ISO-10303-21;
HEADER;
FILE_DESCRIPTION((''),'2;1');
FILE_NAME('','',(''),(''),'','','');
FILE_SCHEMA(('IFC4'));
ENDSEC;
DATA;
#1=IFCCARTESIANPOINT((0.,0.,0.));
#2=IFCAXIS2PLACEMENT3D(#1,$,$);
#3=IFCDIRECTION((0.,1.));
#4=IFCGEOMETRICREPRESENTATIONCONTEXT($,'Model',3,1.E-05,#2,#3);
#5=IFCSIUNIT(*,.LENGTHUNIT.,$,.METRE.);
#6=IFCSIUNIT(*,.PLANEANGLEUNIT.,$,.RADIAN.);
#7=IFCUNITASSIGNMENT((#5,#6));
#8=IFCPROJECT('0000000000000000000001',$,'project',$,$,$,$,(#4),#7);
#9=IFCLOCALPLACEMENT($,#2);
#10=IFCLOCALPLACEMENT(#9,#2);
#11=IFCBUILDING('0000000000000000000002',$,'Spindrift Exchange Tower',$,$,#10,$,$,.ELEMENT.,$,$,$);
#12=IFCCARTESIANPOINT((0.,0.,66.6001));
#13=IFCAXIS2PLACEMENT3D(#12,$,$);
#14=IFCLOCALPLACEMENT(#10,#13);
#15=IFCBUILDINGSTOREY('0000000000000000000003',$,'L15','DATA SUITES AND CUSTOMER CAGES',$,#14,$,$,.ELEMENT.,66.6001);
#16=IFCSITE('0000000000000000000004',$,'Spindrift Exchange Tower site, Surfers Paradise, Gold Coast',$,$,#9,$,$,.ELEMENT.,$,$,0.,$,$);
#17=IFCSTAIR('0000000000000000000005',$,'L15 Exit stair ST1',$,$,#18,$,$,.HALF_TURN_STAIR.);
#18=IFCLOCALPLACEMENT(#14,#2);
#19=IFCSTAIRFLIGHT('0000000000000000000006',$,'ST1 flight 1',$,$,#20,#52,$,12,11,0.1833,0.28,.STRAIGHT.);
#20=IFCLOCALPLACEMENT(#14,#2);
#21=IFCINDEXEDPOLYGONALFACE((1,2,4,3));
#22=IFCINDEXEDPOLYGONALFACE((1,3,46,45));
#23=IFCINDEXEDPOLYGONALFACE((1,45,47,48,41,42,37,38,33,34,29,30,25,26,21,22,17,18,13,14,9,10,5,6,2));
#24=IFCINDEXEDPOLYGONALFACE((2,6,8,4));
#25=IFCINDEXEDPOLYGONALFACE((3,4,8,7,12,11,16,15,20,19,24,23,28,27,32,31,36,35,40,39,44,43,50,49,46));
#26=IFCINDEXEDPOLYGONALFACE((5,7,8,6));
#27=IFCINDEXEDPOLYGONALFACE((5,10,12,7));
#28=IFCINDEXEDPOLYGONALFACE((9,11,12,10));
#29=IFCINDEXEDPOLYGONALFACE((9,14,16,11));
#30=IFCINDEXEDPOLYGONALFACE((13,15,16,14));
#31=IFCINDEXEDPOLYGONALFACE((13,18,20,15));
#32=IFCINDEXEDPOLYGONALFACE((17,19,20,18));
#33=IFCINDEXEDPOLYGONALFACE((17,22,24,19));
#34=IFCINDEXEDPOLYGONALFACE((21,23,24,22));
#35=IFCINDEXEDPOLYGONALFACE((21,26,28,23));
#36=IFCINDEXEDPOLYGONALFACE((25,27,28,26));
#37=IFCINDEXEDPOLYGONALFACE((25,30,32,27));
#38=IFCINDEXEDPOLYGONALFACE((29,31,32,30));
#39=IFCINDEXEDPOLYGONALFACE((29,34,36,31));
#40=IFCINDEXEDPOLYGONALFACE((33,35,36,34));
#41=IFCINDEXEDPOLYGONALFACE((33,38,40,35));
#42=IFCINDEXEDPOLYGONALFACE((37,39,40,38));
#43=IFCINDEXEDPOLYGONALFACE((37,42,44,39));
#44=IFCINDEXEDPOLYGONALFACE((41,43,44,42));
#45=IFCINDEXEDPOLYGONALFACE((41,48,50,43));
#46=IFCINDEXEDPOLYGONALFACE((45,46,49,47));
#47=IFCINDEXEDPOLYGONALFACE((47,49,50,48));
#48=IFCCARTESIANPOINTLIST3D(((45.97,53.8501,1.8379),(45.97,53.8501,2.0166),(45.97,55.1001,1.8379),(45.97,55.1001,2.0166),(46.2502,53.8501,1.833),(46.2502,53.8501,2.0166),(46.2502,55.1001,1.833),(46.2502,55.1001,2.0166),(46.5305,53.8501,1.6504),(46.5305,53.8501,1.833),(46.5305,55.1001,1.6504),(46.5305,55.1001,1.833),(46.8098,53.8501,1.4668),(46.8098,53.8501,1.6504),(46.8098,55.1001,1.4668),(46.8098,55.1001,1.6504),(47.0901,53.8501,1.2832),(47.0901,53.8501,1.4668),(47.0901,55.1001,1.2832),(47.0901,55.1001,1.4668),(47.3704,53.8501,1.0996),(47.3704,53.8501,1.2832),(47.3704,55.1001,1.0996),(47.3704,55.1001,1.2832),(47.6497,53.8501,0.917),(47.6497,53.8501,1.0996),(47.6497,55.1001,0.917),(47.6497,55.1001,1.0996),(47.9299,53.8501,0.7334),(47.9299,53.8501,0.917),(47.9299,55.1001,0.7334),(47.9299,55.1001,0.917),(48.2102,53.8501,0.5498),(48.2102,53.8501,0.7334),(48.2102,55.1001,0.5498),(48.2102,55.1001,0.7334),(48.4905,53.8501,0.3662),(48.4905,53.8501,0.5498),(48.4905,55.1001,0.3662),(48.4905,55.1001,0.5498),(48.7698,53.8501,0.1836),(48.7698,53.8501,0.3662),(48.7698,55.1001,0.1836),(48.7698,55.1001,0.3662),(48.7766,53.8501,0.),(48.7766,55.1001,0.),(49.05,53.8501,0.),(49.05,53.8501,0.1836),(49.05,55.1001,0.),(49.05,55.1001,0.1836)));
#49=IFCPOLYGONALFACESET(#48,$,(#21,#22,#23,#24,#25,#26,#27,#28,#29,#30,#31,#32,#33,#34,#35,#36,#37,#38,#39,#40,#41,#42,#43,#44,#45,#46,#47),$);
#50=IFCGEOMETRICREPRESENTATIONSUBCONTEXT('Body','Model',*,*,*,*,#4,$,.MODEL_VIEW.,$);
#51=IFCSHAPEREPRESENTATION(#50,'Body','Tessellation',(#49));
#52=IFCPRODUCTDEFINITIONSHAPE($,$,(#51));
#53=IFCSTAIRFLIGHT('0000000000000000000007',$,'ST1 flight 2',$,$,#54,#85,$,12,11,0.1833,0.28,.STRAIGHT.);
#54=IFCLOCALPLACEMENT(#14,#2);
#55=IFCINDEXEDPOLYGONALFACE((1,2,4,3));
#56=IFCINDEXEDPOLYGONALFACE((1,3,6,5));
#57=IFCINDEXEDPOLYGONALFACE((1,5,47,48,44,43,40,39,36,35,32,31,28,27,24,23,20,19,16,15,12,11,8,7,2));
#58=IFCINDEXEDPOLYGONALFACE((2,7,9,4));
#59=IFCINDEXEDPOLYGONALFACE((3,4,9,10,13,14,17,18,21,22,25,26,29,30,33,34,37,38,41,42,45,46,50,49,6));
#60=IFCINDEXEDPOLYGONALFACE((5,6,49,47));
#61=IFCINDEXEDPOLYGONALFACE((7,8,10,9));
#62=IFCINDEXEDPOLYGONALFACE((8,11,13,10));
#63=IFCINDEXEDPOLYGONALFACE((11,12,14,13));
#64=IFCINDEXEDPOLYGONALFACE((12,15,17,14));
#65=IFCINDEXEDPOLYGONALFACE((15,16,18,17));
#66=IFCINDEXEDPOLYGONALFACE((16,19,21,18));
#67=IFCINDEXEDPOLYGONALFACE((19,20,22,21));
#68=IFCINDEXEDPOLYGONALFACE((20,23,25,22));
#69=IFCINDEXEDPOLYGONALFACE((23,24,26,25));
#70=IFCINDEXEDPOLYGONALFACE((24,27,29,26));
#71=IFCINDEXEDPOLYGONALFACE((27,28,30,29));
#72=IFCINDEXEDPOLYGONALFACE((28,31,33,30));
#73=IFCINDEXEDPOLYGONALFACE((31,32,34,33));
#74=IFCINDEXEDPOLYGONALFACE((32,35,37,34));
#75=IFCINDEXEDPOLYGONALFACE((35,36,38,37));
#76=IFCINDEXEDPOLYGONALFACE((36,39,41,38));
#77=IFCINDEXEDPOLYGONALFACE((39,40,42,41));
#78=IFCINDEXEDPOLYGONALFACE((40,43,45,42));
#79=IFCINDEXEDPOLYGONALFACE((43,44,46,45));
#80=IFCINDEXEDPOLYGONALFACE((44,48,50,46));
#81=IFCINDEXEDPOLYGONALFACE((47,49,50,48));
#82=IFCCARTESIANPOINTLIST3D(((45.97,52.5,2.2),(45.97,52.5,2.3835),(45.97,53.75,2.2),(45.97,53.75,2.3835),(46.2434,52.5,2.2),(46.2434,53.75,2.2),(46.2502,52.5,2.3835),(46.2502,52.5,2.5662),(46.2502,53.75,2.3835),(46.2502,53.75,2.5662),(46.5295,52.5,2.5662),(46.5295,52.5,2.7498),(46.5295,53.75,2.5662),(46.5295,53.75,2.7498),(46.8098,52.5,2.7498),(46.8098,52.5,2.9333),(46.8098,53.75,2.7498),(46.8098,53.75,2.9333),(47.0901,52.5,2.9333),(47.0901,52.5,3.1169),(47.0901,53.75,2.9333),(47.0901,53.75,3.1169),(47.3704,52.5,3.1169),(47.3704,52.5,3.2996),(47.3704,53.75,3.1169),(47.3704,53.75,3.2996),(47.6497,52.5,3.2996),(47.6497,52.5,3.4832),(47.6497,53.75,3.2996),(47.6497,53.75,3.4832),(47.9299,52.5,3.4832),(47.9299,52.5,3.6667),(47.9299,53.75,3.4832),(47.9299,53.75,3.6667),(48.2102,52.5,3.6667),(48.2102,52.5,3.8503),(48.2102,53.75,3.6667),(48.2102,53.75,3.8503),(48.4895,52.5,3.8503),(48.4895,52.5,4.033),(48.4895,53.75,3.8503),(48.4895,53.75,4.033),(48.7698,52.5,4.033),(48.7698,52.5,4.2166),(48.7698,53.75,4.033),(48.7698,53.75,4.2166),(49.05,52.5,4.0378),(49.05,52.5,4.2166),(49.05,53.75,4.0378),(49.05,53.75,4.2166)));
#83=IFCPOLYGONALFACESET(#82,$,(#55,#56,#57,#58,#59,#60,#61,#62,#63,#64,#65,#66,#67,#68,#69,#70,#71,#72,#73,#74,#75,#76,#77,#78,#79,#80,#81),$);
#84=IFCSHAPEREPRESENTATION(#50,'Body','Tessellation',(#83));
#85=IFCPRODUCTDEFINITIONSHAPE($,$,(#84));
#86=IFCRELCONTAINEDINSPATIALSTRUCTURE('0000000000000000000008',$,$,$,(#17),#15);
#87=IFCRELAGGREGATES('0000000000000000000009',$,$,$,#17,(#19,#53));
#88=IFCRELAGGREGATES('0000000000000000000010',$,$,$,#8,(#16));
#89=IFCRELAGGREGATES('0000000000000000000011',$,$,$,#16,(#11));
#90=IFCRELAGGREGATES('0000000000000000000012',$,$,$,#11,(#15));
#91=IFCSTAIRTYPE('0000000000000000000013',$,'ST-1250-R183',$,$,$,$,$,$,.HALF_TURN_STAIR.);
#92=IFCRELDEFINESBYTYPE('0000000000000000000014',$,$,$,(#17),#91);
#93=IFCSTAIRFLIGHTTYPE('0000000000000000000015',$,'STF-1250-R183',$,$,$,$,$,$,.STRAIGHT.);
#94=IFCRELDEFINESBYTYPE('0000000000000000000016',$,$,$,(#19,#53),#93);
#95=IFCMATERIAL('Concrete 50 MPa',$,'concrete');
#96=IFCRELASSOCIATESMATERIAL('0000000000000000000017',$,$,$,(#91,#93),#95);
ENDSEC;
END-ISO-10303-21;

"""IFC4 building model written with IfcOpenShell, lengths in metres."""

from ifc_helpers import new_model, si_unit, direction, frame, origin, place, context, subcontext, project, spatial, line, indexed_curve, outline, extrude, material, type_object, element, aggregate, save


model = new_model("IFC4")

# Units and contexts
model_context = context("Model", 3, precision=1e-05, world=origin(), true_north=direction((0.0, 1.0)))
body_context = subcontext(model_context, "Body", "Model", "MODEL_VIEW")
ifc_project = project(units=[si_unit("LENGTHUNIT", "METRE"), si_unit("PLANEANGLEUNIT", "RADIAN")], contexts=[model_context])

# Site, building, storey
site_placement = place(None, origin())
site = spatial("IfcSite", under=ifc_project, at=site_placement, Name="Spindrift Exchange Tower site, Surfers Paradise, Gold Coast", CompositionType="ELEMENT", RefElevation=0.0)
building_placement = place(site_placement, origin())
building = spatial("IfcBuilding", under=site, at=building_placement, Name="Spindrift Exchange Tower", CompositionType="ELEMENT")
storey_placement = place(building_placement, frame((0.0, 0.0, 66.6001)))
storey = spatial("IfcBuildingStorey", under=building, at=storey_placement, Name="L15", Description="DATA SUITES AND CUSTOMER CAGES", CompositionType="ELEMENT", Elevation=66.6001)

# Stair, stair flights
ifc_material_1 = material(Name="Concrete 50 MPa", Category="concrete")
stair_type = type_object("IfcStairType", Name="ST-1250-R183", PredefinedType="HALF_TURN_STAIR", material=ifc_material_1)
stair_placement = place(storey_placement, origin())
stair = element("IfcStair", 1, at=stair_placement, inside=storey, type_object=stair_type, Name="L15 Exit stair ST1", PredefinedType="HALF_TURN_STAIR")
stair_flight_type = type_object("IfcStairFlightType", Name="STF-1250-R183", PredefinedType="STRAIGHT", material=ifc_material_1)
stair_flight_1_placement = place(storey_placement, frame((49.05, 54.4751, 0.0), z_axis=(0.0, 0.0, 1.0), x_axis=(-1.0, 0.0, 0.0)))
stair_flight_1 = element("IfcStairFlight", 2, at=stair_flight_1_placement, type_object=stair_flight_type, Name="ST1 flight 1", NumberOfRisers=12, NumberOfTreads=11, PredefinedType="STRAIGHT", RiserHeight=0.1833, TreadLength=0.28, context=body_context, shape_type="SweptSolid", body=[
    extrude(outline(indexed_curve([(0.0, 0.0), (0.0, 0.1836), (0.2803, 0.1836), (0.2803, 0.3662), (0.5596, 0.3662), (0.5596, 0.5498), (0.8398, 0.5498), (0.8398, 0.7334), (1.1201, 0.7334), (1.1201, 0.917), (1.4004, 0.917), (1.4004, 1.0996), (1.6797, 1.0996), (1.6797, 1.2832), (1.96, 1.2832), (1.96, 1.4668), (2.2402, 1.4668), (2.2402, 1.6504), (2.5195, 1.6504), (2.5195, 1.833), (2.7998, 1.833), (2.7998, 2.0166), (3.0801, 2.0166), (3.0801, 2.2002), (3.0801, 1.8379), (0.2734, 0.0)], segments=[line(1, 2, 3, 4, 5, 6, 7, 8, 9, 10, 11, 12, 13, 14, 15, 16, 17, 18, 19, 20, 21, 22, 23, 24, 25, 26, 1)], self_intersect=False)), frame((0.0, 0.625, 0.0), z_axis=(0.0, -1.0, 0.0), x_axis=(1.0, 0.0, 0.0)), (0.0, 0.0, 1.0), 1.25),
])
stair_flight_2_placement = place(storey_placement, frame((45.97, 53.125, 2.2), z_axis=(0.0, 0.0, 1.0), x_axis=(1.0, 0.0, 0.0)))
stair_flight_2 = element("IfcStairFlight", 3, at=stair_flight_2_placement, type_object=stair_flight_type, Name="ST1 flight 2", NumberOfRisers=12, NumberOfTreads=11, PredefinedType="STRAIGHT", RiserHeight=0.1833, TreadLength=0.28, context=body_context, shape_type="SweptSolid", body=[
    extrude(outline(indexed_curve([(0.0, 0.0), (0.0, 0.1836), (0.2803, 0.1836), (0.2803, 0.3662), (0.5596, 0.3662), (0.5596, 0.5498), (0.8398, 0.5498), (0.8398, 0.7334), (1.1201, 0.7334), (1.1201, 0.917), (1.4004, 0.917), (1.4004, 1.0996), (1.6797, 1.0996), (1.6797, 1.2832), (1.96, 1.2832), (1.96, 1.4668), (2.2402, 1.4668), (2.2402, 1.6504), (2.5195, 1.6504), (2.5195, 1.833), (2.7998, 1.833), (2.7998, 2.0166), (3.0801, 2.0166), (3.0801, 2.2002), (3.0801, 1.8379), (0.2734, 0.0)], segments=[line(1, 2, 3, 4, 5, 6, 7, 8, 9, 10, 11, 12, 13, 14, 15, 16, 17, 18, 19, 20, 21, 22, 23, 24, 25, 26, 1)], self_intersect=False)), frame((0.0, 0.625, 0.0), z_axis=(0.0, -1.0, 0.0), x_axis=(1.0, 0.0, 0.0)), (0.0, 0.0, 1.0), 1.25),
])
aggregate(stair, [stair_flight_1, stair_flight_2])

save(model, "model.ifc")
